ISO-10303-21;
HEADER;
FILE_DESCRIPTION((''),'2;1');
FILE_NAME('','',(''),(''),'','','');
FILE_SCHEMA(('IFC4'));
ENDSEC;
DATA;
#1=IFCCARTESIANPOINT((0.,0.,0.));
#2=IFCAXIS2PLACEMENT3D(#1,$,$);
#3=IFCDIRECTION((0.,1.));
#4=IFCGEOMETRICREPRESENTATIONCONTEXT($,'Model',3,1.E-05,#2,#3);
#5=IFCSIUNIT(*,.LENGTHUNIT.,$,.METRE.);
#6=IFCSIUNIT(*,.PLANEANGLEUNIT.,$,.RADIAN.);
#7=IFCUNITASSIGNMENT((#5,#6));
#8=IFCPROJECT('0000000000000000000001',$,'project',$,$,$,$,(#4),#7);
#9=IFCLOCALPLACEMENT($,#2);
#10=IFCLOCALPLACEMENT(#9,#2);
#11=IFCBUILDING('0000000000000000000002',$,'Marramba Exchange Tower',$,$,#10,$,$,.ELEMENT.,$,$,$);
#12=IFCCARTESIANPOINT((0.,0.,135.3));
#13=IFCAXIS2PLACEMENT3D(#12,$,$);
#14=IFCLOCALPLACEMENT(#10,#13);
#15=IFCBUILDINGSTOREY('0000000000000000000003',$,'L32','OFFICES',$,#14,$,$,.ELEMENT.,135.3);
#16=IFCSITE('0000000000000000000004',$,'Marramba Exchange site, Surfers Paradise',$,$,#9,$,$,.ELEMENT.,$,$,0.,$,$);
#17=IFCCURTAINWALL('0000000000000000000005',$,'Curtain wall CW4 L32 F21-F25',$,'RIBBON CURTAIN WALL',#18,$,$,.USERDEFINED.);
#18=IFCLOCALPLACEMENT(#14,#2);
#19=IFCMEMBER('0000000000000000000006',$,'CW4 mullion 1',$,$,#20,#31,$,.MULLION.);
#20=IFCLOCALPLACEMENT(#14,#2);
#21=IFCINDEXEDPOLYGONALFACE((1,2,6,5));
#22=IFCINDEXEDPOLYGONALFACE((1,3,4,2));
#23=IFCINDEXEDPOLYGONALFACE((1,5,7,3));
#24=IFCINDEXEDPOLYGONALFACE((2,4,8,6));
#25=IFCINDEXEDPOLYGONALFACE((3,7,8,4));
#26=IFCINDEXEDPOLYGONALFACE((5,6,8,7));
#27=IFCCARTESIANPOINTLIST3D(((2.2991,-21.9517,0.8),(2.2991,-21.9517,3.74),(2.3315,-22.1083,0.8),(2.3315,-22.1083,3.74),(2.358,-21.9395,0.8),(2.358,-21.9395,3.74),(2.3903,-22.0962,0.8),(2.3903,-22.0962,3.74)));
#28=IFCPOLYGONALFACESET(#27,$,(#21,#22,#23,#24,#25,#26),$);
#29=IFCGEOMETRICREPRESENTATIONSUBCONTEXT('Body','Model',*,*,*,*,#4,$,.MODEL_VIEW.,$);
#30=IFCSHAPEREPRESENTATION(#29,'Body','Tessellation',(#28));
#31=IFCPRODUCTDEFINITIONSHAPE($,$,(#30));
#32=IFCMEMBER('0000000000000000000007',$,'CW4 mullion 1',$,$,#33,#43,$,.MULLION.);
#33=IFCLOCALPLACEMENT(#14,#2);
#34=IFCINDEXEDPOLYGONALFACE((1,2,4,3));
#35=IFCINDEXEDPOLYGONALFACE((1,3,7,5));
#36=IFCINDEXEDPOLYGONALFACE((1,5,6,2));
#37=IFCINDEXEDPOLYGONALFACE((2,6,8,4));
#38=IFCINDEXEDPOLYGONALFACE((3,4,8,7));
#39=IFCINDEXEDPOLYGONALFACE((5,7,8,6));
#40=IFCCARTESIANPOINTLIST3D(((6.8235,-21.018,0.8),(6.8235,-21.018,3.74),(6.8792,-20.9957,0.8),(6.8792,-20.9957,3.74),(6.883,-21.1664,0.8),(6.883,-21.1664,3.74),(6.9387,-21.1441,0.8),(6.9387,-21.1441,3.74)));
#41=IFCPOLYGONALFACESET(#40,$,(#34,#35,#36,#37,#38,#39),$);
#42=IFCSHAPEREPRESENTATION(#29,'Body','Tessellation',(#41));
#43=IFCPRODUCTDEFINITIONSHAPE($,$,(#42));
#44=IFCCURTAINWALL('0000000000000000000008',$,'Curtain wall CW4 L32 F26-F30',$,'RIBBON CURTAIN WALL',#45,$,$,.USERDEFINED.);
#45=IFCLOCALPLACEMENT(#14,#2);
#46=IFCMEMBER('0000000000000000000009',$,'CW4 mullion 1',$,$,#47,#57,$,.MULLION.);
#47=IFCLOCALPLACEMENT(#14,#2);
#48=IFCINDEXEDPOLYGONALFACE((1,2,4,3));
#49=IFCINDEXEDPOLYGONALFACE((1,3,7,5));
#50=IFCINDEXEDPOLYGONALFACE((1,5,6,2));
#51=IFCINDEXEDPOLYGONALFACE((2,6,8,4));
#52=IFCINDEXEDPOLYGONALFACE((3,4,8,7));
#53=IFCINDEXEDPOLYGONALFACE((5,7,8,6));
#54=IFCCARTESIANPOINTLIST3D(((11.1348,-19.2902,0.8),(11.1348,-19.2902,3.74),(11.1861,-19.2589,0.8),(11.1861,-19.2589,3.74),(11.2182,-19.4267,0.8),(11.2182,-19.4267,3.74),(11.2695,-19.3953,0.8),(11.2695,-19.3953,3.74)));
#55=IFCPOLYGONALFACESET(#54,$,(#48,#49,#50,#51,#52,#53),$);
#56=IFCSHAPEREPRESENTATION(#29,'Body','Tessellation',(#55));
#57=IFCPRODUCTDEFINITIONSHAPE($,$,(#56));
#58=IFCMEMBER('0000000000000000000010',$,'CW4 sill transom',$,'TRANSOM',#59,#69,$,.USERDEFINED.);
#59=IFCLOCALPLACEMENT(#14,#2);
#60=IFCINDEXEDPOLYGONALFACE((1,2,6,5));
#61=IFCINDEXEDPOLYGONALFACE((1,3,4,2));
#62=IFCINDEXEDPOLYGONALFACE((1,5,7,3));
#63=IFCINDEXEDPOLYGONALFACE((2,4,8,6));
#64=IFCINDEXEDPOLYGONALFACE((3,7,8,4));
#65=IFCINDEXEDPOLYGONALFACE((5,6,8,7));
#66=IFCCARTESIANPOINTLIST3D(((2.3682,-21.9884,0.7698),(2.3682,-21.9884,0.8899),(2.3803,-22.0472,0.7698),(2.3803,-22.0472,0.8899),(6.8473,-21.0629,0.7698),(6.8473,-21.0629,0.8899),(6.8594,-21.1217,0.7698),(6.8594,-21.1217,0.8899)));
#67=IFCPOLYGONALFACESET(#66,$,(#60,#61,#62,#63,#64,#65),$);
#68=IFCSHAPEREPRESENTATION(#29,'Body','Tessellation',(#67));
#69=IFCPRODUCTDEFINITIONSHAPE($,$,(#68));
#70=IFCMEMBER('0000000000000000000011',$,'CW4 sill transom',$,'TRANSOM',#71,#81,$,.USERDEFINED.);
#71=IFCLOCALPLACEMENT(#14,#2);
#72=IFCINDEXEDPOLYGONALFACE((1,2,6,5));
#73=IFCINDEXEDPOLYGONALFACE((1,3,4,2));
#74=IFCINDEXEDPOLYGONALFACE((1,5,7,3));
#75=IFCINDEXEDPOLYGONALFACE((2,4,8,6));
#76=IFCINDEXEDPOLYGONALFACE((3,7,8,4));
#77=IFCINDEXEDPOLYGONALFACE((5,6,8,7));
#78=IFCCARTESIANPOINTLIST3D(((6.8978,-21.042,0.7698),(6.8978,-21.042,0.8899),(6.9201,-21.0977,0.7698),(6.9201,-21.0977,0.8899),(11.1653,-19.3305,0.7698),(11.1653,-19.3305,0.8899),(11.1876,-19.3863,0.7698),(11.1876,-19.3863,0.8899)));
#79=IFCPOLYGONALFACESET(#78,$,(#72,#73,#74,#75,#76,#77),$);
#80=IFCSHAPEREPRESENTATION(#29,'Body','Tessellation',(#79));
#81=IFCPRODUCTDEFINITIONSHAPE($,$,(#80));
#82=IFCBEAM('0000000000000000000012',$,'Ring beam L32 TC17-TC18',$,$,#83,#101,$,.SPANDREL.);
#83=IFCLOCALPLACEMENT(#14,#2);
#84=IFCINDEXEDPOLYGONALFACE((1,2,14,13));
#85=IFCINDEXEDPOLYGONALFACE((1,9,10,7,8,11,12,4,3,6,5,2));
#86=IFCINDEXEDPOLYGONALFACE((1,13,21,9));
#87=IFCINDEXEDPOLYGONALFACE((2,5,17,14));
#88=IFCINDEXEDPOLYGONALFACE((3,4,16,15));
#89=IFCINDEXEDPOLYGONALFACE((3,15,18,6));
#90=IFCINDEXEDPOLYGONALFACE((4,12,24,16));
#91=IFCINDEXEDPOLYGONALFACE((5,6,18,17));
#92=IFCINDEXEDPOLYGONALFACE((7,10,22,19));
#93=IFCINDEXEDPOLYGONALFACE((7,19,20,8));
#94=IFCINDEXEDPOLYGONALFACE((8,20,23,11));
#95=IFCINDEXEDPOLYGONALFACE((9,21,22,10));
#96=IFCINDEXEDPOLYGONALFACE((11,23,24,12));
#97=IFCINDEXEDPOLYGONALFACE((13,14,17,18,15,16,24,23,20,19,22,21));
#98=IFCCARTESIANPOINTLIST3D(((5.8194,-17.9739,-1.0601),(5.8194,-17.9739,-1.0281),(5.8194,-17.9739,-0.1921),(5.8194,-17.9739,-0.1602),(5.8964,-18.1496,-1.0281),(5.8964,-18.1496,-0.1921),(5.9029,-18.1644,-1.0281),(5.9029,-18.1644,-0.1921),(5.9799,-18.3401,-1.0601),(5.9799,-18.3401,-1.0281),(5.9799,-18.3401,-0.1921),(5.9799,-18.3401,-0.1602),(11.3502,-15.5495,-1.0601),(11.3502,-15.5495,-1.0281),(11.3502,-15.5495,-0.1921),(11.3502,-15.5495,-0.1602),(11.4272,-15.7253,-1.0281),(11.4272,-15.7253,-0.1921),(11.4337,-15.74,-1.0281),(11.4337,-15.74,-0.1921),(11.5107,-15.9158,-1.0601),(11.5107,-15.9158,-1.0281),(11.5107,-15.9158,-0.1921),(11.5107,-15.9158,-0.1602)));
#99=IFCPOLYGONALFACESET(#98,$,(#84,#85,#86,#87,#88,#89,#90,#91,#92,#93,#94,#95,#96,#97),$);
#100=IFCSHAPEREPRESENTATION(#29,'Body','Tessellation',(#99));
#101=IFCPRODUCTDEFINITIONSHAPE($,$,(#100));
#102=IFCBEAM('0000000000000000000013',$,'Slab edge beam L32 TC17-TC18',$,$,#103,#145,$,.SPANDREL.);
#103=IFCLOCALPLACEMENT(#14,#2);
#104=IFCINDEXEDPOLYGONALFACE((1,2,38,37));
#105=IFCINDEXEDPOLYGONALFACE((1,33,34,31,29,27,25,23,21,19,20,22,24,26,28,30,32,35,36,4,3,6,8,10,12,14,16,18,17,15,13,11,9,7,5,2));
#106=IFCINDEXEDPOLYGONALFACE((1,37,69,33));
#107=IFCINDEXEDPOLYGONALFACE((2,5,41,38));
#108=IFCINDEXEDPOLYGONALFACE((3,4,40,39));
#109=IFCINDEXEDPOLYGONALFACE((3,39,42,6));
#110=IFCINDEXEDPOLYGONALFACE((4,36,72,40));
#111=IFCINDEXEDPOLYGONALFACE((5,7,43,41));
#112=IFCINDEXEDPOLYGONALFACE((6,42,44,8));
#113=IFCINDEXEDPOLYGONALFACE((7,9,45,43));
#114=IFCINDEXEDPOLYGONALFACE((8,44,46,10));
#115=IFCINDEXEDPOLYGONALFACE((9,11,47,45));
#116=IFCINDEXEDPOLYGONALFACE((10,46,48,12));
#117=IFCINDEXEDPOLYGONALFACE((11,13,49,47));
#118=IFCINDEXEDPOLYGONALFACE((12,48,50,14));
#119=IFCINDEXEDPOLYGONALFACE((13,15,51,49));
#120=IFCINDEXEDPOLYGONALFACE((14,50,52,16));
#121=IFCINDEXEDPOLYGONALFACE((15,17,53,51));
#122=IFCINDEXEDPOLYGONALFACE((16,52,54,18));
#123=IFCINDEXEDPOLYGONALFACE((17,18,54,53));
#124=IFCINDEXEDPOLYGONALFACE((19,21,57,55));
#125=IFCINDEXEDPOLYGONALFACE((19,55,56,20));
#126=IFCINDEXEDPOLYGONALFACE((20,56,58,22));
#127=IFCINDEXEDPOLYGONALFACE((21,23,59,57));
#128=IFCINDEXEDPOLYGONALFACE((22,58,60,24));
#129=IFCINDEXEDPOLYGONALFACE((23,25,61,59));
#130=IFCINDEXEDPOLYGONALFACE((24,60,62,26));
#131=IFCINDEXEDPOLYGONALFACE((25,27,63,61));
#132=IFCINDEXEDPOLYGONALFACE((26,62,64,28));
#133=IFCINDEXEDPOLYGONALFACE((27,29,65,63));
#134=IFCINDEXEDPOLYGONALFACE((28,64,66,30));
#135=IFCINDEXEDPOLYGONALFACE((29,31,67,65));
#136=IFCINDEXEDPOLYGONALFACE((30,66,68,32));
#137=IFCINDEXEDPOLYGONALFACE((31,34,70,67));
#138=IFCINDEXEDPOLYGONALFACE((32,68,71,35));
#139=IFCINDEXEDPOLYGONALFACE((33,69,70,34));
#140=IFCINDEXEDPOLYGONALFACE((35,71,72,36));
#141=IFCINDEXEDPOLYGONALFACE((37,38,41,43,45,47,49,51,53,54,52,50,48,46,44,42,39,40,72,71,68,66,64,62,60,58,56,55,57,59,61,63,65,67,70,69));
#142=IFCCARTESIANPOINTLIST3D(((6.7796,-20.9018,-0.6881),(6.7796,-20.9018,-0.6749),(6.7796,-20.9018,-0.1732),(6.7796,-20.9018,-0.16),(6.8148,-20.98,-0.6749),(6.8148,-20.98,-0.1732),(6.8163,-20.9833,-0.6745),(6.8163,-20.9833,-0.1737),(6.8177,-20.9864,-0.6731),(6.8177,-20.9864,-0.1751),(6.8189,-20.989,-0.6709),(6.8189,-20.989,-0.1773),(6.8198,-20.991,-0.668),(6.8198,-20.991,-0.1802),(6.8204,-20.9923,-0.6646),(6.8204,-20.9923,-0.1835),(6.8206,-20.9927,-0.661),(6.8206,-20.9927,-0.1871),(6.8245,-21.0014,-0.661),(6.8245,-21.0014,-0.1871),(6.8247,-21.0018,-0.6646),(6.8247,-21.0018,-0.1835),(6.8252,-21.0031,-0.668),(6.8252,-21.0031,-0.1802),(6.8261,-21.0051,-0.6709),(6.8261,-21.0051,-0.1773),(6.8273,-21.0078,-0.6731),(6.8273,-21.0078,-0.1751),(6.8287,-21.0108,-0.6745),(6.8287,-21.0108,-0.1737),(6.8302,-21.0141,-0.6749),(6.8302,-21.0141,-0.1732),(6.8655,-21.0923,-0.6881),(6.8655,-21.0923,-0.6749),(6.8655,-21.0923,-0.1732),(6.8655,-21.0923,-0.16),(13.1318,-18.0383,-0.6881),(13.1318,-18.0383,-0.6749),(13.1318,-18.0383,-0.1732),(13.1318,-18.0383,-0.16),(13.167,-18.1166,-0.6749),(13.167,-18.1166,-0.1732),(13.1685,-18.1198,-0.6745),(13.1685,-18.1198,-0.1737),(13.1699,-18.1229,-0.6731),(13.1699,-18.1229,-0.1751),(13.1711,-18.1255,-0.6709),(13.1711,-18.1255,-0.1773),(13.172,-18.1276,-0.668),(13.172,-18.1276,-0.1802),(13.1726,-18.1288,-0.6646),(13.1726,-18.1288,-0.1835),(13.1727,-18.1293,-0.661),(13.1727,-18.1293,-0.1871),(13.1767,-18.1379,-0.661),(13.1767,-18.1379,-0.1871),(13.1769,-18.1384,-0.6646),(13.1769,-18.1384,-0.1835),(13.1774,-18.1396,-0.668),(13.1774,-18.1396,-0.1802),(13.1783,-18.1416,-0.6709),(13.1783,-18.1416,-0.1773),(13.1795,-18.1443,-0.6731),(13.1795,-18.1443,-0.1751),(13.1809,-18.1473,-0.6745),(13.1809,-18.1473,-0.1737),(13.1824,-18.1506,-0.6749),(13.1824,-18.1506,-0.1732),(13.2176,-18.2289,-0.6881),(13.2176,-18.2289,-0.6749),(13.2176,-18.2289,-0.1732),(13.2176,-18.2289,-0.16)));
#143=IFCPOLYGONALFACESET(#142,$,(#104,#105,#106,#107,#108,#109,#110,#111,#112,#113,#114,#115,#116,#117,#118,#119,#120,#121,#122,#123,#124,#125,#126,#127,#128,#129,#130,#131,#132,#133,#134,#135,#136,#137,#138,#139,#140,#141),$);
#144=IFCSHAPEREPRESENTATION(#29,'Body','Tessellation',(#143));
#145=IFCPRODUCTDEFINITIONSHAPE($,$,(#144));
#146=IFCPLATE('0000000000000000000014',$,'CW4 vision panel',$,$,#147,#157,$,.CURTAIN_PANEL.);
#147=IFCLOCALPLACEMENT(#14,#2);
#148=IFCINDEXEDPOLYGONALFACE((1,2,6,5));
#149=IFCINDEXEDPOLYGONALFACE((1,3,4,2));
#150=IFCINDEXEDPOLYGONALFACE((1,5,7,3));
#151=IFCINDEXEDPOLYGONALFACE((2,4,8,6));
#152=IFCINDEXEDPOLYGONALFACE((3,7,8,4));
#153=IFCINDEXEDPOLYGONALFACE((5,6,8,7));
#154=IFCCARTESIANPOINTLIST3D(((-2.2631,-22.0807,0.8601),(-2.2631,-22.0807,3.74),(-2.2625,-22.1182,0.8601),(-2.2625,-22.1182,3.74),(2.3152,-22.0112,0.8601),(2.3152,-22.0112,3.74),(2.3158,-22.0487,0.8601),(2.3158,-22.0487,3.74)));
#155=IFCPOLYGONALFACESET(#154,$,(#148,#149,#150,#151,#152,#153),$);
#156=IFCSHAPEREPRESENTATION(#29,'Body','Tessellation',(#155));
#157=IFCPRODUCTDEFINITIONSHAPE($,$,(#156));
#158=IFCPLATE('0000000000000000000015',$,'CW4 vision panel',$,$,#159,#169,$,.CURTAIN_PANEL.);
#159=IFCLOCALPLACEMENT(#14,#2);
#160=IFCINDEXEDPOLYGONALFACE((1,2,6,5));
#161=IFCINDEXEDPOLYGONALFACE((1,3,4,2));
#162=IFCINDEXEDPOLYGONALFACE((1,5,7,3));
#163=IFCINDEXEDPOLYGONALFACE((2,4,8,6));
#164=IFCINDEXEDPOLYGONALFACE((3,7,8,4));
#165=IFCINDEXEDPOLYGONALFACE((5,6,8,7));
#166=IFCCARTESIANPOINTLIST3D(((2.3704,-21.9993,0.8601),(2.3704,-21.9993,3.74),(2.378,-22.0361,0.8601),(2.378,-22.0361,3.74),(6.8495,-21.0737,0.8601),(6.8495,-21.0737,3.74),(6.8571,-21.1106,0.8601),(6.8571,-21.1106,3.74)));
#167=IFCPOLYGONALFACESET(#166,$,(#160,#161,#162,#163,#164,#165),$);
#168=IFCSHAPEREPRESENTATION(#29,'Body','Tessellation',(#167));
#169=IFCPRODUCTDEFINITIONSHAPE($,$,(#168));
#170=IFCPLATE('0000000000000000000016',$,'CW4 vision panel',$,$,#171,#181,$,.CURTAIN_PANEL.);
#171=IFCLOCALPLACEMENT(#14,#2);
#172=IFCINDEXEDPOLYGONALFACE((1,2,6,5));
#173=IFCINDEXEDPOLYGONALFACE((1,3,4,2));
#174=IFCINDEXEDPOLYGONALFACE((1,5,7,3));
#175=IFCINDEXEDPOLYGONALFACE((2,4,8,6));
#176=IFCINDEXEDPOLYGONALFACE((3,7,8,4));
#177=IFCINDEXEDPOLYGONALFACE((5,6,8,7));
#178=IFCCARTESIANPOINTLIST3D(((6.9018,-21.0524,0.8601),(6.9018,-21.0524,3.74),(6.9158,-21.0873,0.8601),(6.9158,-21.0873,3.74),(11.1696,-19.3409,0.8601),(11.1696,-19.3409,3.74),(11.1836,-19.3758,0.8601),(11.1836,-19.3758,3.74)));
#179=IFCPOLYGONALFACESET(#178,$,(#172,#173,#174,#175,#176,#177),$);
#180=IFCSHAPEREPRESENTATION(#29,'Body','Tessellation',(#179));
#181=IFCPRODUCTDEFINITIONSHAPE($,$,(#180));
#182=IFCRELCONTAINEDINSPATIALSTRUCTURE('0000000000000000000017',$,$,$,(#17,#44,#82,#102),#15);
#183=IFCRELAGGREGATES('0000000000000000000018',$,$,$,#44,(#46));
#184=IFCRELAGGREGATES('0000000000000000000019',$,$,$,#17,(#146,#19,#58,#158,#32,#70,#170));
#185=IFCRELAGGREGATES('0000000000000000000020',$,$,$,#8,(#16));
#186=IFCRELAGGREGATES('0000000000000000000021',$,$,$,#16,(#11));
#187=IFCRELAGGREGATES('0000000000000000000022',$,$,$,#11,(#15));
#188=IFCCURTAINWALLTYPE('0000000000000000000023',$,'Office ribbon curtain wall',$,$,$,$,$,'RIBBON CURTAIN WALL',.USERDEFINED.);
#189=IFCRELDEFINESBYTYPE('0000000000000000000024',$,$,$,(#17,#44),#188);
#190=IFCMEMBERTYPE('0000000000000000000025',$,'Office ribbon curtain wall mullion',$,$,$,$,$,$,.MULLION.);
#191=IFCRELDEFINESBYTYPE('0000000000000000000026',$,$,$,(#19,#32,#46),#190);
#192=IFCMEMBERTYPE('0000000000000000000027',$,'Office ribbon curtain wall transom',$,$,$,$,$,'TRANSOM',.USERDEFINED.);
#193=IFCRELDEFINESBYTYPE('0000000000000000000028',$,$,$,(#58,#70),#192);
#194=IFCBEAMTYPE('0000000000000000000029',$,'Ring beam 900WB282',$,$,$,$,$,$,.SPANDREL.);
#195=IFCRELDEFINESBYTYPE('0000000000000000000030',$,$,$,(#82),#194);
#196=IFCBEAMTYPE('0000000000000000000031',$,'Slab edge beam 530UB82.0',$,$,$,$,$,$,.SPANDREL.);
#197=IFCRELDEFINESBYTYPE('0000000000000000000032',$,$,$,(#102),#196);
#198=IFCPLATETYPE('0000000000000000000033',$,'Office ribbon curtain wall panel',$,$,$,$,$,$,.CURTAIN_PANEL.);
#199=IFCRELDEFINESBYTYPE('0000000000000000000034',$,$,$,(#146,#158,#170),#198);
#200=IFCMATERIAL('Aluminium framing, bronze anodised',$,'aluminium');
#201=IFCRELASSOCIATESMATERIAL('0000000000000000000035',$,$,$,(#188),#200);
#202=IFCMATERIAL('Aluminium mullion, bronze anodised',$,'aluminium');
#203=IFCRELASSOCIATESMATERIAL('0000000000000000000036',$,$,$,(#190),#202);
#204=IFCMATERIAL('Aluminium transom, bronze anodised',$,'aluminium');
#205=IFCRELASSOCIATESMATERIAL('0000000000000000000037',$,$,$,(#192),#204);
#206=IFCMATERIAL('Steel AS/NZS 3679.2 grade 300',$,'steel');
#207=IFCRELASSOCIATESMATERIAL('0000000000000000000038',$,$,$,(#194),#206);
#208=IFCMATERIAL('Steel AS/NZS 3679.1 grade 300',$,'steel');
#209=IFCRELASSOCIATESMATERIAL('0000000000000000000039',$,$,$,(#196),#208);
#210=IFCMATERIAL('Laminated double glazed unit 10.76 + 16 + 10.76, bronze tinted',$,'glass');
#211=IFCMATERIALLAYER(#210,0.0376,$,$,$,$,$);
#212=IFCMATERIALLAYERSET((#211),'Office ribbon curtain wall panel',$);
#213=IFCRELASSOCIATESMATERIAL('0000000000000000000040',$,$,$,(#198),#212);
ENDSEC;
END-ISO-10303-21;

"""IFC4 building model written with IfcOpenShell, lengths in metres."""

from ifc_helpers import new_model, si_unit, direction, frame, origin, origin_2d, place, context, subcontext, project, spatial, rectangle, i_section, extrude, material, layer, layer_set, material_profile, profile_set, type_object, element, aggregate, save


model = new_model("IFC4")

# Units and contexts
model_context = context("Model", 3, precision=1e-05, world=origin(), true_north=direction((0.0, 1.0)))
body_context = subcontext(model_context, "Body", "Model", "MODEL_VIEW")
ifc_project = project(units=[si_unit("LENGTHUNIT", "METRE"), si_unit("PLANEANGLEUNIT", "RADIAN")], contexts=[model_context])

# Site, building, storey
site_placement = place(None, origin())
site = spatial("IfcSite", under=ifc_project, at=site_placement, Name="Marramba Exchange site, Surfers Paradise", CompositionType="ELEMENT", RefElevation=0.0)
building_placement = place(site_placement, origin())
building = spatial("IfcBuilding", under=site, at=building_placement, Name="Marramba Exchange Tower", CompositionType="ELEMENT")
storey_placement = place(building_placement, frame((0.0, 0.0, 135.3)))
storey = spatial("IfcBuildingStorey", under=building, at=storey_placement, Name="L32", Description="OFFICES", CompositionType="ELEMENT", Elevation=135.3)

# Shared definitions
ifc_material_1 = material(Name="Steel AS/NZS 3679.2 grade 300", Category="steel")
ifc_material_2 = material(Name="Steel AS/NZS 3679.1 grade 300", Category="steel")

# Curtain wall, members
ifc_material_3 = material(Name="Aluminium framing, bronze anodised", Category="aluminium")
curtain_wall_type = type_object("IfcCurtainWallType", Name="Office ribbon curtain wall", ElementType="RIBBON CURTAIN WALL", PredefinedType="USERDEFINED", material=ifc_material_3)
curtain_wall_1_placement = place(storey_placement, origin())
curtain_wall_1 = element("IfcCurtainWall", 1, at=curtain_wall_1_placement, inside=storey, type_object=curtain_wall_type, Name="Curtain wall CW4 L32 F21-F25", ObjectType="RIBBON CURTAIN WALL", PredefinedType="USERDEFINED")
ifc_material_4 = material(Name="Aluminium mullion, bronze anodised", Category="aluminium")
ifc_material_profile_1 = material_profile(ifc_material_4, rectangle(XDim=0.1599, YDim=0.0601, at=origin_2d()), Name="CW4 mullion 60x160")
ifc_profile_set_1 = profile_set([ifc_material_profile_1], Name="Aluminium mullion, bronze anodised")
member_type_1 = type_object("IfcMemberType", Name="Office ribbon curtain wall mullion", PredefinedType="MULLION", material=ifc_profile_set_1)
member_1_placement = place(storey_placement, frame((2.3447, -22.0239, 0.8), z_axis=(0.0, 0.0, 1.0), x_axis=(-0.202365, 0.97931, 0.0)))
member_1 = element("IfcMember", 2, at=member_1_placement, type_object=member_type_1, Name="CW4 mullion 1", PredefinedType="MULLION", context=body_context, shape_type="SweptSolid", body=[
    extrude(rectangle(XDim=0.1599, YDim=0.0601, at=origin_2d()), origin(), (0.0, 0.0, 1.0), 2.9399),
])
member_2_placement = place(storey_placement, frame((6.8811, -21.0811, 0.8), z_axis=(0.0, 0.0, 1.0), x_axis=(-0.372209, 0.928149, 0.0)))
member_2 = element("IfcMember", 3, at=member_2_placement, type_object=member_type_1, Name="CW4 mullion 1", PredefinedType="MULLION", context=body_context, shape_type="SweptSolid", body=[
    extrude(rectangle(XDim=0.1599, YDim=0.0601, at=origin_2d()), origin(), (0.0, 0.0, 1.0), 2.9399),
])

# Curtain wall, member
curtain_wall_2_placement = place(storey_placement, origin())
curtain_wall_2 = element("IfcCurtainWall", 4, at=curtain_wall_2_placement, inside=storey, type_object=curtain_wall_type, Name="Curtain wall CW4 L32 F26-F30", ObjectType="RIBBON CURTAIN WALL", PredefinedType="USERDEFINED")
member_3_placement = place(storey_placement, frame((11.2021, -19.3428, 0.8), z_axis=(0.0, 0.0, 1.0), x_axis=(-0.521733, 0.853109, 0.0)))
member_3 = element("IfcMember", 5, at=member_3_placement, type_object=member_type_1, Name="CW4 mullion 1", PredefinedType="MULLION", context=body_context, shape_type="SweptSolid", body=[
    extrude(rectangle(XDim=0.1599, YDim=0.0601, at=origin_2d()), origin(), (0.0, 0.0, 1.0), 2.9399),
])
aggregate(curtain_wall_2, [member_3])

# Members
ifc_material_5 = material(Name="Aluminium transom, bronze anodised", Category="aluminium")
ifc_material_profile_2 = material_profile(ifc_material_5, rectangle(XDim=0.0601, YDim=0.1201, at=origin_2d()), Name="CW4 transom 60x120")
ifc_profile_set_2 = profile_set([ifc_material_profile_2], Name="Aluminium transom, bronze anodised")
member_type_2 = type_object("IfcMemberType", Name="Office ribbon curtain wall transom", ElementType="TRANSOM", PredefinedType="USERDEFINED", material=ifc_profile_set_2)
member_4_placement = place(storey_placement, frame((2.3743, -22.0178, 0.8298), z_axis=(0.97931, 0.202364, 0.0), x_axis=(-0.202364, 0.97931, 0.0)))
member_4 = element("IfcMember", 6, at=member_4_placement, type_object=member_type_2, Name="CW4 sill transom", ObjectType="TRANSOM", PredefinedType="USERDEFINED", context=body_context, shape_type="SweptSolid", body=[
    extrude(rectangle(XDim=0.0601, YDim=0.1201, at=origin_2d()), origin(), (0.0, 0.0, 1.0), 4.5737),
])
member_5_placement = place(storey_placement, frame((6.9089, -21.0698, 0.8298), z_axis=(0.928147, 0.372214, 0.0), x_axis=(-0.372214, 0.928147, 0.0)))
member_5 = element("IfcMember", 7, at=member_5_placement, type_object=member_type_2, Name="CW4 sill transom", ObjectType="TRANSOM", PredefinedType="USERDEFINED", context=body_context, shape_type="SweptSolid", body=[
    extrude(rectangle(XDim=0.0601, YDim=0.1201, at=origin_2d()), origin(), (0.0, 0.0, 1.0), 4.5979),
])

# Beams
ifc_material_profile_3 = material_profile(ifc_material_1, i_section(OverallWidth=0.3999, OverallDepth=0.8999, WebThickness=0.0161, FlangeThickness=0.032, at=origin_2d()), Name="900WB282")
ifc_profile_set_3 = profile_set([ifc_material_profile_3], Name="Steel AS/NZS 3679.2 grade 300")
beam_type_1 = type_object("IfcBeamType", Name="Ring beam 900WB282", PredefinedType="SPANDREL", material=ifc_profile_set_3)
beam_1_placement = place(storey_placement, frame((5.8997, -18.157, -0.6101), z_axis=(0.915877, 0.401459, 0.0), x_axis=(-0.401459, 0.915877, 0.0)))
element("IfcBeam", 8, at=beam_1_placement, inside=storey, type_object=beam_type_1, Name="Ring beam L32 TC17-TC18", PredefinedType="SPANDREL", context=body_context, shape_type="SweptSolid", body=[
    extrude(i_section(OverallWidth=0.3999, OverallDepth=0.8999, WebThickness=0.0161, FlangeThickness=0.032, at=origin_2d()), origin(), (0.0, 0.0, 1.0), 6.0388),
])
ifc_material_profile_4 = material_profile(ifc_material_2, i_section(OverallWidth=0.209, OverallDepth=0.5281, WebThickness=0.0095, FlangeThickness=0.0132, FilletRadius=0.0139, at=origin_2d()), Name="530UB82.0")
ifc_profile_set_4 = profile_set([ifc_material_profile_4], Name="Steel AS/NZS 3679.1 grade 300")
beam_type_2 = type_object("IfcBeamType", Name="Slab edge beam 530UB82.0", PredefinedType="SPANDREL", material=ifc_profile_set_4)
beam_2_placement = place(storey_placement, frame((6.8225, -20.9971, -0.4241), z_axis=(0.911653, 0.41096, 0.0), x_axis=(-0.41096, 0.911653, 0.0)))
element("IfcBeam", 9, at=beam_2_placement, inside=storey, type_object=beam_type_2, Name="Slab edge beam L32 TC17-TC18", PredefinedType="SPANDREL", context=body_context, shape_type="SweptSolid", body=[
    extrude(i_section(OverallWidth=0.209, OverallDepth=0.5281, WebThickness=0.0095, FlangeThickness=0.0132, FilletRadius=0.0139, at=origin_2d()), origin(), (0.0, 0.0, 1.0), 6.9678),
])

# Plates
ifc_material_6 = material(Name="Laminated double glazed unit 10.76 + 16 + 10.76, bronze tinted", Category="glass")
ifc_layer_1 = layer(ifc_material_6, 0.0376)
ifc_layer_set_1 = layer_set([ifc_layer_1], Name="Office ribbon curtain wall panel")
plate_type = type_object("IfcPlateType", Name="Office ribbon curtain wall panel", PredefinedType="CURTAIN_PANEL", material=ifc_layer_set_1)
plate_1_placement = place(storey_placement, frame((0.0264, -22.0647, 0.8601), z_axis=(0.0, 0.0, 1.0), x_axis=(0.999885, 0.015179, 0.0)))
plate_1 = element("IfcPlate", 10, at=plate_1_placement, type_object=plate_type, Name="CW4 vision panel", PredefinedType="CURTAIN_PANEL", context=body_context, shape_type="SweptSolid", body=[
    extrude(rectangle(XDim=4.5789, YDim=0.0376, at=origin_2d()), origin(), (0.0, 0.0, 1.0), 2.8799),
])
plate_2_placement = place(storey_placement, frame((4.6138, -21.5549, 0.8601), z_axis=(0.0, 0.0, 1.0), x_axis=(0.97931, 0.202365, 0.0)))
plate_2 = element("IfcPlate", 11, at=plate_2_placement, type_object=plate_type, Name="CW4 vision panel", PredefinedType="CURTAIN_PANEL", context=body_context, shape_type="SweptSolid", body=[
    extrude(rectangle(XDim=4.5737, YDim=0.0376, at=origin_2d()), origin(), (0.0, 0.0, 1.0), 2.8799),
])
plate_3_placement = place(storey_placement, frame((9.0427, -20.2141, 0.8601), z_axis=(0.0, 0.0, 1.0), x_axis=(0.928149, 0.372209, 0.0)))
plate_3 = element("IfcPlate", 12, at=plate_3_placement, type_object=plate_type, Name="CW4 vision panel", PredefinedType="CURTAIN_PANEL", context=body_context, shape_type="SweptSolid", body=[
    extrude(rectangle(XDim=4.5981, YDim=0.0376, at=origin_2d()), origin(), (0.0, 0.0, 1.0), 2.8799),
])
aggregate(curtain_wall_1, [plate_1, member_1, member_4, plate_2, member_2, member_5, plate_3])

save(model, "model.ifc")
